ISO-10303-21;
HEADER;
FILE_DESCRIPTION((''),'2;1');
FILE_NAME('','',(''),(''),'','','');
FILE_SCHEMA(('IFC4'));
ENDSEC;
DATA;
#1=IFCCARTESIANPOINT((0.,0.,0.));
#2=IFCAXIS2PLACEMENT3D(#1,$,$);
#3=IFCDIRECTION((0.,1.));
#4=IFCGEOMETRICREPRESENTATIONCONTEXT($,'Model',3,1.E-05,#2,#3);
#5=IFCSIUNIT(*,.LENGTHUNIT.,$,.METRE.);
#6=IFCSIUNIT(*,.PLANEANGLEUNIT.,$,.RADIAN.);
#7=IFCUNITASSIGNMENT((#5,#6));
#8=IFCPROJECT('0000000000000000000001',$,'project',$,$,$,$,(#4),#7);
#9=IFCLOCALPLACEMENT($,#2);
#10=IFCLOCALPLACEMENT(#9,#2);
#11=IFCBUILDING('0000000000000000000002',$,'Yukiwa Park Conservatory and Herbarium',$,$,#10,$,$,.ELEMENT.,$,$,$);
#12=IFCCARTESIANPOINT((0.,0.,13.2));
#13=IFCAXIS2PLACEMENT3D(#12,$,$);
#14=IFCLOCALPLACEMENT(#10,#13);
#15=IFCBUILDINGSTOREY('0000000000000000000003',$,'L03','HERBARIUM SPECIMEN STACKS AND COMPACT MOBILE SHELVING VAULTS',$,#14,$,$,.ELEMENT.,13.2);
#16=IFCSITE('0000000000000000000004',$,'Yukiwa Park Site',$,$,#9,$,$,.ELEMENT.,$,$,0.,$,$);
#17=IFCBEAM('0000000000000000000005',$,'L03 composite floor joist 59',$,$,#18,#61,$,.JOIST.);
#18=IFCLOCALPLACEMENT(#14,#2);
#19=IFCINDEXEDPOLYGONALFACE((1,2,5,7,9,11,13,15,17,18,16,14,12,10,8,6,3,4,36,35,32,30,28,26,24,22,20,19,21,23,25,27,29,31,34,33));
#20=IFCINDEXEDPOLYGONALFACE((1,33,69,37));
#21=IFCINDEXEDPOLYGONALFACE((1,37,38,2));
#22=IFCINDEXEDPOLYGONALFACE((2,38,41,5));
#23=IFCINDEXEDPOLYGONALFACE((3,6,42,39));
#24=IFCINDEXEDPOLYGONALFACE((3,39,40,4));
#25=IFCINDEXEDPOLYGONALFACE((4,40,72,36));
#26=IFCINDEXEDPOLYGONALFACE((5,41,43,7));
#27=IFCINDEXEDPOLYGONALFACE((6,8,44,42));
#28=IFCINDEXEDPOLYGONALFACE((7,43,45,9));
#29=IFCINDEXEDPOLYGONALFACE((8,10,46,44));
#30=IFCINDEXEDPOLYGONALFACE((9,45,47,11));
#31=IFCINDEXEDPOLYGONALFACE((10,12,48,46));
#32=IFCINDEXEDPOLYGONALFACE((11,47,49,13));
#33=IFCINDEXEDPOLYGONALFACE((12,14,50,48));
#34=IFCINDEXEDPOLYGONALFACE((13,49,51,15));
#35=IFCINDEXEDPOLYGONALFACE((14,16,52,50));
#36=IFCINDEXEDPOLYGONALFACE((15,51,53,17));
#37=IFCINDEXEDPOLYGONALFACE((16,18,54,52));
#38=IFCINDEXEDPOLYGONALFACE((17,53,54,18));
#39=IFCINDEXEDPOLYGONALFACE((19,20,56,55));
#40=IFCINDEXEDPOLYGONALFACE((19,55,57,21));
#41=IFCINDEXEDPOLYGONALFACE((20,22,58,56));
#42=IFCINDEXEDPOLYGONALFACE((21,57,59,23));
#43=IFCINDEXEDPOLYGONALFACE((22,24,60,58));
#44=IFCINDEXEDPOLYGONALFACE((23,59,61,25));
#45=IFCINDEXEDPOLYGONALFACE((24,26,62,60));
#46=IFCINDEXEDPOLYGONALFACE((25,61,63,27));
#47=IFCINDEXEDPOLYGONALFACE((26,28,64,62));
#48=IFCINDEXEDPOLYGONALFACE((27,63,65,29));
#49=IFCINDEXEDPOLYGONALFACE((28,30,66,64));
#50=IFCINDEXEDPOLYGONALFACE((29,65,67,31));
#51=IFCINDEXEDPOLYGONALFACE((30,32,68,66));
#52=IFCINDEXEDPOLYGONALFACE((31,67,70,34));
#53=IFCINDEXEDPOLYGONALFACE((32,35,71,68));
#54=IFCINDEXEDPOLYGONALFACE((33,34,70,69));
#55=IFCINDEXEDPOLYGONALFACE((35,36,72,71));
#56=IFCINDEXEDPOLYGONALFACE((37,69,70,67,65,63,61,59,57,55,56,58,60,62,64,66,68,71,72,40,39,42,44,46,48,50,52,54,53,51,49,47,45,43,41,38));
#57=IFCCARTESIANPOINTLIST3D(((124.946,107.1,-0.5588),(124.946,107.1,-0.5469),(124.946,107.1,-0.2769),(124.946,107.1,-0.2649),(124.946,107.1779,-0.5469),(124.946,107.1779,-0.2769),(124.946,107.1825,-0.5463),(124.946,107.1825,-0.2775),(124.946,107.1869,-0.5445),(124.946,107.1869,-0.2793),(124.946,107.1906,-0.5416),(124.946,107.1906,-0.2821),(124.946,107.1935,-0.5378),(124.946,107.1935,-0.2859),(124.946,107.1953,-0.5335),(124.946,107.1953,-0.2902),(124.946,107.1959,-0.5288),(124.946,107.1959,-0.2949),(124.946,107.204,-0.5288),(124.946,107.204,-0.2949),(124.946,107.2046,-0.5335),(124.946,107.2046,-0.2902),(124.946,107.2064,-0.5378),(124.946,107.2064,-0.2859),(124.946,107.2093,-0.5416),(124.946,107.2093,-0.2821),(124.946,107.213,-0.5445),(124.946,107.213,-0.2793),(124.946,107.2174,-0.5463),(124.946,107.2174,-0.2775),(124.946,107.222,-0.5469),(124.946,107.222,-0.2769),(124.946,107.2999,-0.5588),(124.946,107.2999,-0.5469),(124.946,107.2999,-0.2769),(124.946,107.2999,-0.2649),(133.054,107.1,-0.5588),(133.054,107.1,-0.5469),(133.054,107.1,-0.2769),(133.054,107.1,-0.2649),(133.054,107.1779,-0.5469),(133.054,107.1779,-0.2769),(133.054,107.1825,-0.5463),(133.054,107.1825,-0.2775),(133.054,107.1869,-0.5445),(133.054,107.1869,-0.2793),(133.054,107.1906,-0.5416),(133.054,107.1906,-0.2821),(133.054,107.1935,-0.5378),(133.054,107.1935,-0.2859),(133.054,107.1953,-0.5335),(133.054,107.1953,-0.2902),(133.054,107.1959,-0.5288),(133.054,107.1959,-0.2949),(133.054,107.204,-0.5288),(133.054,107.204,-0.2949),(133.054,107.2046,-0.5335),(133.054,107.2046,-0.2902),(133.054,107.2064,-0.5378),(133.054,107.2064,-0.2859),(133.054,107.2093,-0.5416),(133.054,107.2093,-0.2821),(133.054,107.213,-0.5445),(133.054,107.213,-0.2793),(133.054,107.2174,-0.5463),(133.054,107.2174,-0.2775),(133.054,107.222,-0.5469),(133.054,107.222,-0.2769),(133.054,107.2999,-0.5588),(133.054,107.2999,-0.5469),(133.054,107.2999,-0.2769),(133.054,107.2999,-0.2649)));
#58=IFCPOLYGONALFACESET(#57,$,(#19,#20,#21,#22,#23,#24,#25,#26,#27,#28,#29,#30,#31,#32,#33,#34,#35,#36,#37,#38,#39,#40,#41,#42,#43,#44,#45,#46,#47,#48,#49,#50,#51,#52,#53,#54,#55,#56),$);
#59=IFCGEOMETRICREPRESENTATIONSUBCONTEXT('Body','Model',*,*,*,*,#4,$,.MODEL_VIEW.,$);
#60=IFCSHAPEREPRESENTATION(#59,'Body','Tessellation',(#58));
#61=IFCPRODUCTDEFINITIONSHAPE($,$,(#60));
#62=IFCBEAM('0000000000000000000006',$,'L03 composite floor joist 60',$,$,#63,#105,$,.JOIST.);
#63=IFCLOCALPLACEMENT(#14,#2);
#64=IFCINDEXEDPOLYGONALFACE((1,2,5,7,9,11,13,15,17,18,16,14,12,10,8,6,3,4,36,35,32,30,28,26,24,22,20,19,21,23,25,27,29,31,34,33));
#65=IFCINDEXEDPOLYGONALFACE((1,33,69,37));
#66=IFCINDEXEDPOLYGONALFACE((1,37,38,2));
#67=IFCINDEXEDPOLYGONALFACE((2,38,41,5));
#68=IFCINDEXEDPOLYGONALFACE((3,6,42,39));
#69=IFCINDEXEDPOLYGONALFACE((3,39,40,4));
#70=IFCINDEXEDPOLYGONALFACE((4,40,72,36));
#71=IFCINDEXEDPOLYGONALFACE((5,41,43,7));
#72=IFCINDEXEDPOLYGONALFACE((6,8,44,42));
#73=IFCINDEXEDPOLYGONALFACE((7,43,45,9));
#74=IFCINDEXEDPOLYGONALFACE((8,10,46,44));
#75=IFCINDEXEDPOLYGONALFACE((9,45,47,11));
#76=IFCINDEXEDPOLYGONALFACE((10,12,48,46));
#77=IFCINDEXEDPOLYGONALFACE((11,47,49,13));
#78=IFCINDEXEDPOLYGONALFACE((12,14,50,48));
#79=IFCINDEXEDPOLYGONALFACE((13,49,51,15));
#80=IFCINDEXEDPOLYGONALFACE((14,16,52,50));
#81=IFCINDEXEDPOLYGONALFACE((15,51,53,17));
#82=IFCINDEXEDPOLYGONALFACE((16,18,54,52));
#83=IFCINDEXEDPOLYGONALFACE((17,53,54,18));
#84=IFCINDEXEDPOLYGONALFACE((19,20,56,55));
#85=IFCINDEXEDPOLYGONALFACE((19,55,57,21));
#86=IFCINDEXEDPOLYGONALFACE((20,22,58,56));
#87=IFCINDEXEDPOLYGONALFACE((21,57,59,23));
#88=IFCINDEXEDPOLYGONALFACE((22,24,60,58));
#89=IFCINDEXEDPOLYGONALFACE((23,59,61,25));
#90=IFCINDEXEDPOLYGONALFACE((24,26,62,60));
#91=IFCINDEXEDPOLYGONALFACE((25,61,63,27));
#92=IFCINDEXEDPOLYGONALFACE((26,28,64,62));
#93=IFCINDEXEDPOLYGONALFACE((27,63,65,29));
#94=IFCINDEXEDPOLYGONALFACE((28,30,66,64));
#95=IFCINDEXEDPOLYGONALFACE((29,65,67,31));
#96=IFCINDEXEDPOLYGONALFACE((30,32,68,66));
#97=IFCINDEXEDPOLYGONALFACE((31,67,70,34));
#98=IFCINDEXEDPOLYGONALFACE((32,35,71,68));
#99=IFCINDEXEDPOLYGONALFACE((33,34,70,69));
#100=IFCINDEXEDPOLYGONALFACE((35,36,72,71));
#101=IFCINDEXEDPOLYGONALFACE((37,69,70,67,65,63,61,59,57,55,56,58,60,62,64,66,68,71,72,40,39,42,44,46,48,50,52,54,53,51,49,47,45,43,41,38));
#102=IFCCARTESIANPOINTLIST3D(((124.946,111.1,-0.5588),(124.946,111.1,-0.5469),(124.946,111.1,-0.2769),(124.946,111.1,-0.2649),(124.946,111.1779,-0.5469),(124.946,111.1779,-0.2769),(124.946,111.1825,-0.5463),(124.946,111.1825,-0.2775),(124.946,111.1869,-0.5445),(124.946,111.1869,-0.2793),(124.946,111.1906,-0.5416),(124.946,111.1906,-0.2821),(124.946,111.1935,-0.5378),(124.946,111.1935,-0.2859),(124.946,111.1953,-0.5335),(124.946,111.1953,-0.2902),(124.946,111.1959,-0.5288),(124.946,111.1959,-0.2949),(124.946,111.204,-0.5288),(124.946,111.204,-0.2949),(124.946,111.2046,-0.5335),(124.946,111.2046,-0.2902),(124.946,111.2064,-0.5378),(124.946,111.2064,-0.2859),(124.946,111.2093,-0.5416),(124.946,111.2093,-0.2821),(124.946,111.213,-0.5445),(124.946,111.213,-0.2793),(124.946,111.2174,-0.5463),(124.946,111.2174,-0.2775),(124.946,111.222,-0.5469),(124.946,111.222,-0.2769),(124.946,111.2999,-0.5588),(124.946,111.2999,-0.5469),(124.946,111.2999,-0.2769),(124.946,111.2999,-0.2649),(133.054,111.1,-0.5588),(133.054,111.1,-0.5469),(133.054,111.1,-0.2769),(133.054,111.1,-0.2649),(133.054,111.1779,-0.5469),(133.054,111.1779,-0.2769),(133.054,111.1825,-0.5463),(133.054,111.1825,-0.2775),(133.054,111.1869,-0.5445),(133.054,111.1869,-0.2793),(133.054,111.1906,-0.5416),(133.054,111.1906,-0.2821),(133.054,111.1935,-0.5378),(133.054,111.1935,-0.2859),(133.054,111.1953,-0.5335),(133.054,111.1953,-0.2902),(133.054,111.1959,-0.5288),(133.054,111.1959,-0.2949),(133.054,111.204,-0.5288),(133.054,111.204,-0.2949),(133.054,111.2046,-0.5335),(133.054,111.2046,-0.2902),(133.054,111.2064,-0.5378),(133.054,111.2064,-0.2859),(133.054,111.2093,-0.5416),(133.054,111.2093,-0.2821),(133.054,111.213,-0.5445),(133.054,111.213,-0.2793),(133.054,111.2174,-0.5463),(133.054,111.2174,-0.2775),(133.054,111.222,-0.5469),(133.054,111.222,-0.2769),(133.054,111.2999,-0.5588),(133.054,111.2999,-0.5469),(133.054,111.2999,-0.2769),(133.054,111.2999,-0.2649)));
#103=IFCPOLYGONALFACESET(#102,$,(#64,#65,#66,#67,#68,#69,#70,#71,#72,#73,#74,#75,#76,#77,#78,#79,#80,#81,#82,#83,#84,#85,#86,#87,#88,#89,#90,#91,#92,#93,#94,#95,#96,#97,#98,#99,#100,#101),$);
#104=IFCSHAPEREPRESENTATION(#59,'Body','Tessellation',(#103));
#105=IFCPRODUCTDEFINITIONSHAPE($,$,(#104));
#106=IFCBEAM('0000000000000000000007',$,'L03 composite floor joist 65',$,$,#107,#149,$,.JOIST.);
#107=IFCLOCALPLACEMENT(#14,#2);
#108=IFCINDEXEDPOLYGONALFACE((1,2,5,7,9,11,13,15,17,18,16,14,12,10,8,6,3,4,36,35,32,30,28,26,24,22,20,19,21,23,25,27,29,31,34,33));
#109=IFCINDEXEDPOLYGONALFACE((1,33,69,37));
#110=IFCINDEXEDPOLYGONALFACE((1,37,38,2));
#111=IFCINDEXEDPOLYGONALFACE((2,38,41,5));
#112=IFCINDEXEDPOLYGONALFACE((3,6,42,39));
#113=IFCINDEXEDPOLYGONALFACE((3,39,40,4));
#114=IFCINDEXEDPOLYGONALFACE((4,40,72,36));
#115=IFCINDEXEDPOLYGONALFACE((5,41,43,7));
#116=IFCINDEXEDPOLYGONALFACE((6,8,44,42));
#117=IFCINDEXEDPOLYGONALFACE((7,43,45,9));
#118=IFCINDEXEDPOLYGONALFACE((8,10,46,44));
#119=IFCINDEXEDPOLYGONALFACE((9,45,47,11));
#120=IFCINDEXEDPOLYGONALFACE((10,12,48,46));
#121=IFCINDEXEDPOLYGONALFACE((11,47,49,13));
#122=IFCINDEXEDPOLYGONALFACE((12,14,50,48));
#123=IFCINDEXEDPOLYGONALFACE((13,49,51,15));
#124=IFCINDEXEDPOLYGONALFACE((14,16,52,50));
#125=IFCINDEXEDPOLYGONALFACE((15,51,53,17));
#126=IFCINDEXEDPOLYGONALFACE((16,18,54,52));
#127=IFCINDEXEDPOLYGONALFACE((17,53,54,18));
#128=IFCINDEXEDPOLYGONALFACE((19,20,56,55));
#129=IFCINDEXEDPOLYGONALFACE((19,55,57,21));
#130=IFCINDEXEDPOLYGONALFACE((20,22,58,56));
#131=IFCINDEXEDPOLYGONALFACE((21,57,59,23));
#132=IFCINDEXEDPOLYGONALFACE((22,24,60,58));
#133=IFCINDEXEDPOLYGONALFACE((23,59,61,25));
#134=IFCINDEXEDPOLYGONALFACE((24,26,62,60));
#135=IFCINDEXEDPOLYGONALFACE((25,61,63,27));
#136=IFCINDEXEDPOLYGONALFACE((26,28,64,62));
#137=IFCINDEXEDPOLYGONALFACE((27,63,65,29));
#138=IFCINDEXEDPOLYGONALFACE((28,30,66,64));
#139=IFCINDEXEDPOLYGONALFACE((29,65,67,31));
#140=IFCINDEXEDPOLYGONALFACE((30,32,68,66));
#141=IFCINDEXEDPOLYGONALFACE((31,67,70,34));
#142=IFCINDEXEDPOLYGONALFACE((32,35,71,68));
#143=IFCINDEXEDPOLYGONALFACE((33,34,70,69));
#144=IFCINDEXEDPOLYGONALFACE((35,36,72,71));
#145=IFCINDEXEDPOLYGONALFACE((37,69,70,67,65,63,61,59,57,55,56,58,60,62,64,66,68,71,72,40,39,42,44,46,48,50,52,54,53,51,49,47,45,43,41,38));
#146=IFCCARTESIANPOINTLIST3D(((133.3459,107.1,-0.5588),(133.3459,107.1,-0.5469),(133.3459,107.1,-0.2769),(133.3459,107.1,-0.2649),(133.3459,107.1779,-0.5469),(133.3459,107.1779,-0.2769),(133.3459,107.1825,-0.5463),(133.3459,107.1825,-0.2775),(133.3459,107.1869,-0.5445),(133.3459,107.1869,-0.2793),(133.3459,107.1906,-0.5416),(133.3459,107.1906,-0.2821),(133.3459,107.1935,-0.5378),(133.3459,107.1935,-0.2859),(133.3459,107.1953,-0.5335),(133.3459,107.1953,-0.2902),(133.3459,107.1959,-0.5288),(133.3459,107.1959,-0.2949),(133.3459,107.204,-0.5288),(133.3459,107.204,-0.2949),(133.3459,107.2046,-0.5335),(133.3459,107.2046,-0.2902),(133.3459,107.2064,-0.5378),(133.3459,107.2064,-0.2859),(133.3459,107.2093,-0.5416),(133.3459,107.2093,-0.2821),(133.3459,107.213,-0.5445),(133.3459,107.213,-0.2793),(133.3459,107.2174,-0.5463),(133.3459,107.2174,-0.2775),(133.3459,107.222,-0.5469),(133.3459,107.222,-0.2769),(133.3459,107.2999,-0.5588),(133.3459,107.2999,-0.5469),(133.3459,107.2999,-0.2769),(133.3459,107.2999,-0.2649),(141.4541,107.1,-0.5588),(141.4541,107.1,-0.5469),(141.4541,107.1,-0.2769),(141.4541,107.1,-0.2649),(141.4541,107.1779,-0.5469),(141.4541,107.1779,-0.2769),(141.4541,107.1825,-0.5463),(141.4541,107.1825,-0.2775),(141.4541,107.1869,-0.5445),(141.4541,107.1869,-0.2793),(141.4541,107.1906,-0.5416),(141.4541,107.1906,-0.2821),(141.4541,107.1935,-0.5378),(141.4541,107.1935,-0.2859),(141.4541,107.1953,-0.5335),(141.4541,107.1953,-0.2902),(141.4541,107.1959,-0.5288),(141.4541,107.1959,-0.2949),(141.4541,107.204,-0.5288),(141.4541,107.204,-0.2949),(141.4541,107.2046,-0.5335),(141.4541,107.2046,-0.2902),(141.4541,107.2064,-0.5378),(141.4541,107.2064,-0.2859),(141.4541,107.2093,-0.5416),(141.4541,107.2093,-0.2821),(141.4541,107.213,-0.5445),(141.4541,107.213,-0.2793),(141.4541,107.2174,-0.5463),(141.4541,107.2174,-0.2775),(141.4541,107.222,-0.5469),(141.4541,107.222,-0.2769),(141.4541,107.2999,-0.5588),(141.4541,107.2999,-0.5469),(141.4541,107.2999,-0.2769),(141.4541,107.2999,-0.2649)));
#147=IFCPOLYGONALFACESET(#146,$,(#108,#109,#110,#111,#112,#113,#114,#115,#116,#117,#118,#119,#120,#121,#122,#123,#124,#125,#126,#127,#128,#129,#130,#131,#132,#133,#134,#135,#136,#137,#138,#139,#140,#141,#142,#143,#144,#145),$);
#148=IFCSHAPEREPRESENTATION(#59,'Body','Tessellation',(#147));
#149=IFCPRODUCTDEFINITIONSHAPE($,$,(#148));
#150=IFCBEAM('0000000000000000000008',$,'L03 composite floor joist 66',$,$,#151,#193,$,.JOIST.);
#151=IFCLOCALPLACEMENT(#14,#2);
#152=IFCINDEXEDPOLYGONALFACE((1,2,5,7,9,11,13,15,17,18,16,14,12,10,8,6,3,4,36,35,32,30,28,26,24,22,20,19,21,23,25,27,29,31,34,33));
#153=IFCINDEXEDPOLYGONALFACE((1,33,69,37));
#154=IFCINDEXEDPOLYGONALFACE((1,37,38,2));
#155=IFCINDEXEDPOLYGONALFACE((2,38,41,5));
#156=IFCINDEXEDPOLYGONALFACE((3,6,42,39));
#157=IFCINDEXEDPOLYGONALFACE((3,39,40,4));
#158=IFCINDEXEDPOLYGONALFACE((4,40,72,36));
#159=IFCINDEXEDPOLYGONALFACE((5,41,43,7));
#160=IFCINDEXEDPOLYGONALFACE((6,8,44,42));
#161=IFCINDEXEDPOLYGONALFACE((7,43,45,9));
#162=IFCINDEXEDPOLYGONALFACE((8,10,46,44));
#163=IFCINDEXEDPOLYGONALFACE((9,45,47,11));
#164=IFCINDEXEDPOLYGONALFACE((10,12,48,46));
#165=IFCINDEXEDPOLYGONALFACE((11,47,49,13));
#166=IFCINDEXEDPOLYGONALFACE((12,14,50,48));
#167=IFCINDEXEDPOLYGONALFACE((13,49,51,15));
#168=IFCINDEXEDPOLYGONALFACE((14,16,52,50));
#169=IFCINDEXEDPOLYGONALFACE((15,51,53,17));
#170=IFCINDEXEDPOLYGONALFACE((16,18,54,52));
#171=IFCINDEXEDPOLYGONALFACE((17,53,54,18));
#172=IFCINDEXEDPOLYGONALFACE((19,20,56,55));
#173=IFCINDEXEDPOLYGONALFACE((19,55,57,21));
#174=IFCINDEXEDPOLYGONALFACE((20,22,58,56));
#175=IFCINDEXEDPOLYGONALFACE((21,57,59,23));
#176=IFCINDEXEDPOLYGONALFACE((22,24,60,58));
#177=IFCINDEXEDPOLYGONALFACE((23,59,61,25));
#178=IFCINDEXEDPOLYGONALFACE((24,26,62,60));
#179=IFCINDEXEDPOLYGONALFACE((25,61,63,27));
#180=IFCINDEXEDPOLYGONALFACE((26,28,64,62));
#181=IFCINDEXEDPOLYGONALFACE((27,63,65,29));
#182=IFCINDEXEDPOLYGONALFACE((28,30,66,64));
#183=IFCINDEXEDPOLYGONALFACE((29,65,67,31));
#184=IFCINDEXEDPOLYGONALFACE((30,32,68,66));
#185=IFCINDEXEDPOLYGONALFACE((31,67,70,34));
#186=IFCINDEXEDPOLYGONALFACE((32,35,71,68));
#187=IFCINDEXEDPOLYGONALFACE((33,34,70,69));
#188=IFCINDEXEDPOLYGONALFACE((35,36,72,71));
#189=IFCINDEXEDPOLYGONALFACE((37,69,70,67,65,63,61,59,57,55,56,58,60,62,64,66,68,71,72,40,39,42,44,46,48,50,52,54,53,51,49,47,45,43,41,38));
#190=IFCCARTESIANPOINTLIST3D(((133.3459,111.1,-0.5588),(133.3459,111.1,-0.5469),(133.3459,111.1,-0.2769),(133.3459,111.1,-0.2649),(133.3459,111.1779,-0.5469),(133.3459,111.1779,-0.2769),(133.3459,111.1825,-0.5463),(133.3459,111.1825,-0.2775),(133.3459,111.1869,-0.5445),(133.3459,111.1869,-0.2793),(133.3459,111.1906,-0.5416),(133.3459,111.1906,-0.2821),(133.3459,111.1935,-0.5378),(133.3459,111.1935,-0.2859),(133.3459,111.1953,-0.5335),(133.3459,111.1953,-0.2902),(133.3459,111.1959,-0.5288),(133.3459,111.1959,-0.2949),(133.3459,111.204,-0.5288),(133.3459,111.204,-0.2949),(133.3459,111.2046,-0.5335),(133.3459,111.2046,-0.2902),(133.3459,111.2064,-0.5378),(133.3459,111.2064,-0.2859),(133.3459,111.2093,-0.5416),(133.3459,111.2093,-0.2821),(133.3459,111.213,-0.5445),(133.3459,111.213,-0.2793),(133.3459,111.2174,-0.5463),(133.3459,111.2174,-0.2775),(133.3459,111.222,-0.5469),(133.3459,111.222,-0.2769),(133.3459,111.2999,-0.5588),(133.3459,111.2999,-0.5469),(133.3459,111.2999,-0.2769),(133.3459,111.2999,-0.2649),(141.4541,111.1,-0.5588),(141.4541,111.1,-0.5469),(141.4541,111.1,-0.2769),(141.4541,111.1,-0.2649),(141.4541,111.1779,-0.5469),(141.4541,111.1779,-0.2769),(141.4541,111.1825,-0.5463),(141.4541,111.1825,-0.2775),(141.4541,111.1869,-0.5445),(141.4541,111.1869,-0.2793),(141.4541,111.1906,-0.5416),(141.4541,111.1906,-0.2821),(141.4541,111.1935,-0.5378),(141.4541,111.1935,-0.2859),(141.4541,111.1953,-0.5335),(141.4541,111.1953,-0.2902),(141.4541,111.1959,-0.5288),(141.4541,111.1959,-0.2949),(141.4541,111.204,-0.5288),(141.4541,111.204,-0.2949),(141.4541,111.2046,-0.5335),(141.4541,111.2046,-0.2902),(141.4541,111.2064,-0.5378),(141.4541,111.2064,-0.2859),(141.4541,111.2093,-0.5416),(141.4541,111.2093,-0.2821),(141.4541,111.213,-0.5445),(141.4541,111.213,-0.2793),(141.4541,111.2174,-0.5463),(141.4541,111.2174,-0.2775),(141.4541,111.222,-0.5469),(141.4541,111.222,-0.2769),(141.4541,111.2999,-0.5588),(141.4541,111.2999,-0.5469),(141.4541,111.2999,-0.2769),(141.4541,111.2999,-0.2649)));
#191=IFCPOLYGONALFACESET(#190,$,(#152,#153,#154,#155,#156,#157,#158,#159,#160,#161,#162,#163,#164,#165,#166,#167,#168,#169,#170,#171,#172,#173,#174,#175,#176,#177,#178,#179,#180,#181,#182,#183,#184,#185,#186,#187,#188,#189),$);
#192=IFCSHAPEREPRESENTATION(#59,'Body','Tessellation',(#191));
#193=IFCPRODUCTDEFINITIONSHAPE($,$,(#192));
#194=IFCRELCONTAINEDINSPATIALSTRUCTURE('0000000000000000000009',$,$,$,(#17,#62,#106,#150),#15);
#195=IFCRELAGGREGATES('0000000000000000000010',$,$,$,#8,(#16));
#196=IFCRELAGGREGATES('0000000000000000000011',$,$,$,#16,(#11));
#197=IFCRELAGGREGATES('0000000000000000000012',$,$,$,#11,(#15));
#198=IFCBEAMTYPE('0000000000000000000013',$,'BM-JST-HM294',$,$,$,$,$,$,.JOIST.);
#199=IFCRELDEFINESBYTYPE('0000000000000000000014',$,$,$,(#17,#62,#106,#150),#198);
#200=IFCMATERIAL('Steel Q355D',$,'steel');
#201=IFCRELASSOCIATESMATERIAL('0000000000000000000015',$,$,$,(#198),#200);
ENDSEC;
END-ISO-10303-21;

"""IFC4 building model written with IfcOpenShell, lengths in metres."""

from ifc_helpers import new_model, si_unit, direction, frame, origin, origin_2d, place, context, subcontext, project, spatial, i_section, extrude, material, material_profile, profile_set, type_object, element, save


model = new_model("IFC4")

# Units and contexts
model_context = context("Model", 3, precision=1e-05, world=origin(), true_north=direction((0.0, 1.0)))
body_context = subcontext(model_context, "Body", "Model", "MODEL_VIEW")
ifc_project = project(units=[si_unit("LENGTHUNIT", "METRE"), si_unit("PLANEANGLEUNIT", "RADIAN")], contexts=[model_context])

# Site, building, storey
site_placement = place(None, origin())
site = spatial("IfcSite", under=ifc_project, at=site_placement, Name="Yukiwa Park Site", CompositionType="ELEMENT", RefElevation=0.0)
building_placement = place(site_placement, origin())
building = spatial("IfcBuilding", under=site, at=building_placement, Name="Yukiwa Park Conservatory and Herbarium", CompositionType="ELEMENT")
storey_placement = place(building_placement, frame((0.0, 0.0, 13.2)))
storey = spatial("IfcBuildingStorey", under=building, at=storey_placement, Name="L03", Description="HERBARIUM SPECIMEN STACKS AND COMPACT MOBILE SHELVING VAULTS", CompositionType="ELEMENT", Elevation=13.2)

# Beams
ifc_material_1 = material(Name="Steel Q355D", Category="steel")
ifc_material_profile_1 = material_profile(ifc_material_1, i_section(OverallWidth=0.2, OverallDepth=0.2939, WebThickness=0.0081, FlangeThickness=0.012, FilletRadius=0.0181, at=origin_2d()), Name="HM 294x200x8x12")
ifc_profile_set_1 = profile_set([ifc_material_profile_1], Name="Steel Q355D")
beam_type_1 = type_object("IfcBeamType", Name="BM-JST-HM294", PredefinedType="JOIST", material=ifc_profile_set_1)
for number, where, z_axis, x_axis, name in (
    (1, (124.946, 107.2, -0.4119), (1.0, 0.0, 0.0), (0.0, 1.0, 0.0), "L03 composite floor joist 59"),
    (2, (124.946, 111.2, -0.4119), (1.0, 0.0, 0.0), (0.0, 1.0, 0.0), "L03 composite floor joist 60"),
):
    element("IfcBeam", number, at=place(storey_placement, frame(where, z_axis=z_axis, x_axis=x_axis)), inside=storey, type_object=beam_type_1, Name=name, PredefinedType="JOIST", context=body_context, shape_type="SweptSolid", body=[
        extrude(i_section(OverallWidth=0.2, OverallDepth=0.2939, WebThickness=0.0081, FlangeThickness=0.012, FilletRadius=0.0181, at=origin_2d()), origin(), (0.0, 0.0, 1.0), 8.1079),
    ])
for number, where, z_axis, x_axis, name in (
    (3, (133.3459, 107.2, -0.4119), (1.0, 0.0, 0.0), (0.0, 1.0, 0.0), "L03 composite floor joist 65"),
    (4, (133.3459, 111.2, -0.4119), (1.0, 0.0, 0.0), (0.0, 1.0, 0.0), "L03 composite floor joist 66"),
):
    element("IfcBeam", number, at=place(storey_placement, frame(where, z_axis=z_axis, x_axis=x_axis)), inside=storey, type_object=beam_type_1, Name=name, PredefinedType="JOIST", context=body_context, shape_type="SweptSolid", body=[
        extrude(i_section(OverallWidth=0.2, OverallDepth=0.2939, WebThickness=0.0081, FlangeThickness=0.012, FilletRadius=0.0181, at=origin_2d()), origin(), (0.0, 0.0, 1.0), 8.1082),
    ])

save(model, "model.ifc")
